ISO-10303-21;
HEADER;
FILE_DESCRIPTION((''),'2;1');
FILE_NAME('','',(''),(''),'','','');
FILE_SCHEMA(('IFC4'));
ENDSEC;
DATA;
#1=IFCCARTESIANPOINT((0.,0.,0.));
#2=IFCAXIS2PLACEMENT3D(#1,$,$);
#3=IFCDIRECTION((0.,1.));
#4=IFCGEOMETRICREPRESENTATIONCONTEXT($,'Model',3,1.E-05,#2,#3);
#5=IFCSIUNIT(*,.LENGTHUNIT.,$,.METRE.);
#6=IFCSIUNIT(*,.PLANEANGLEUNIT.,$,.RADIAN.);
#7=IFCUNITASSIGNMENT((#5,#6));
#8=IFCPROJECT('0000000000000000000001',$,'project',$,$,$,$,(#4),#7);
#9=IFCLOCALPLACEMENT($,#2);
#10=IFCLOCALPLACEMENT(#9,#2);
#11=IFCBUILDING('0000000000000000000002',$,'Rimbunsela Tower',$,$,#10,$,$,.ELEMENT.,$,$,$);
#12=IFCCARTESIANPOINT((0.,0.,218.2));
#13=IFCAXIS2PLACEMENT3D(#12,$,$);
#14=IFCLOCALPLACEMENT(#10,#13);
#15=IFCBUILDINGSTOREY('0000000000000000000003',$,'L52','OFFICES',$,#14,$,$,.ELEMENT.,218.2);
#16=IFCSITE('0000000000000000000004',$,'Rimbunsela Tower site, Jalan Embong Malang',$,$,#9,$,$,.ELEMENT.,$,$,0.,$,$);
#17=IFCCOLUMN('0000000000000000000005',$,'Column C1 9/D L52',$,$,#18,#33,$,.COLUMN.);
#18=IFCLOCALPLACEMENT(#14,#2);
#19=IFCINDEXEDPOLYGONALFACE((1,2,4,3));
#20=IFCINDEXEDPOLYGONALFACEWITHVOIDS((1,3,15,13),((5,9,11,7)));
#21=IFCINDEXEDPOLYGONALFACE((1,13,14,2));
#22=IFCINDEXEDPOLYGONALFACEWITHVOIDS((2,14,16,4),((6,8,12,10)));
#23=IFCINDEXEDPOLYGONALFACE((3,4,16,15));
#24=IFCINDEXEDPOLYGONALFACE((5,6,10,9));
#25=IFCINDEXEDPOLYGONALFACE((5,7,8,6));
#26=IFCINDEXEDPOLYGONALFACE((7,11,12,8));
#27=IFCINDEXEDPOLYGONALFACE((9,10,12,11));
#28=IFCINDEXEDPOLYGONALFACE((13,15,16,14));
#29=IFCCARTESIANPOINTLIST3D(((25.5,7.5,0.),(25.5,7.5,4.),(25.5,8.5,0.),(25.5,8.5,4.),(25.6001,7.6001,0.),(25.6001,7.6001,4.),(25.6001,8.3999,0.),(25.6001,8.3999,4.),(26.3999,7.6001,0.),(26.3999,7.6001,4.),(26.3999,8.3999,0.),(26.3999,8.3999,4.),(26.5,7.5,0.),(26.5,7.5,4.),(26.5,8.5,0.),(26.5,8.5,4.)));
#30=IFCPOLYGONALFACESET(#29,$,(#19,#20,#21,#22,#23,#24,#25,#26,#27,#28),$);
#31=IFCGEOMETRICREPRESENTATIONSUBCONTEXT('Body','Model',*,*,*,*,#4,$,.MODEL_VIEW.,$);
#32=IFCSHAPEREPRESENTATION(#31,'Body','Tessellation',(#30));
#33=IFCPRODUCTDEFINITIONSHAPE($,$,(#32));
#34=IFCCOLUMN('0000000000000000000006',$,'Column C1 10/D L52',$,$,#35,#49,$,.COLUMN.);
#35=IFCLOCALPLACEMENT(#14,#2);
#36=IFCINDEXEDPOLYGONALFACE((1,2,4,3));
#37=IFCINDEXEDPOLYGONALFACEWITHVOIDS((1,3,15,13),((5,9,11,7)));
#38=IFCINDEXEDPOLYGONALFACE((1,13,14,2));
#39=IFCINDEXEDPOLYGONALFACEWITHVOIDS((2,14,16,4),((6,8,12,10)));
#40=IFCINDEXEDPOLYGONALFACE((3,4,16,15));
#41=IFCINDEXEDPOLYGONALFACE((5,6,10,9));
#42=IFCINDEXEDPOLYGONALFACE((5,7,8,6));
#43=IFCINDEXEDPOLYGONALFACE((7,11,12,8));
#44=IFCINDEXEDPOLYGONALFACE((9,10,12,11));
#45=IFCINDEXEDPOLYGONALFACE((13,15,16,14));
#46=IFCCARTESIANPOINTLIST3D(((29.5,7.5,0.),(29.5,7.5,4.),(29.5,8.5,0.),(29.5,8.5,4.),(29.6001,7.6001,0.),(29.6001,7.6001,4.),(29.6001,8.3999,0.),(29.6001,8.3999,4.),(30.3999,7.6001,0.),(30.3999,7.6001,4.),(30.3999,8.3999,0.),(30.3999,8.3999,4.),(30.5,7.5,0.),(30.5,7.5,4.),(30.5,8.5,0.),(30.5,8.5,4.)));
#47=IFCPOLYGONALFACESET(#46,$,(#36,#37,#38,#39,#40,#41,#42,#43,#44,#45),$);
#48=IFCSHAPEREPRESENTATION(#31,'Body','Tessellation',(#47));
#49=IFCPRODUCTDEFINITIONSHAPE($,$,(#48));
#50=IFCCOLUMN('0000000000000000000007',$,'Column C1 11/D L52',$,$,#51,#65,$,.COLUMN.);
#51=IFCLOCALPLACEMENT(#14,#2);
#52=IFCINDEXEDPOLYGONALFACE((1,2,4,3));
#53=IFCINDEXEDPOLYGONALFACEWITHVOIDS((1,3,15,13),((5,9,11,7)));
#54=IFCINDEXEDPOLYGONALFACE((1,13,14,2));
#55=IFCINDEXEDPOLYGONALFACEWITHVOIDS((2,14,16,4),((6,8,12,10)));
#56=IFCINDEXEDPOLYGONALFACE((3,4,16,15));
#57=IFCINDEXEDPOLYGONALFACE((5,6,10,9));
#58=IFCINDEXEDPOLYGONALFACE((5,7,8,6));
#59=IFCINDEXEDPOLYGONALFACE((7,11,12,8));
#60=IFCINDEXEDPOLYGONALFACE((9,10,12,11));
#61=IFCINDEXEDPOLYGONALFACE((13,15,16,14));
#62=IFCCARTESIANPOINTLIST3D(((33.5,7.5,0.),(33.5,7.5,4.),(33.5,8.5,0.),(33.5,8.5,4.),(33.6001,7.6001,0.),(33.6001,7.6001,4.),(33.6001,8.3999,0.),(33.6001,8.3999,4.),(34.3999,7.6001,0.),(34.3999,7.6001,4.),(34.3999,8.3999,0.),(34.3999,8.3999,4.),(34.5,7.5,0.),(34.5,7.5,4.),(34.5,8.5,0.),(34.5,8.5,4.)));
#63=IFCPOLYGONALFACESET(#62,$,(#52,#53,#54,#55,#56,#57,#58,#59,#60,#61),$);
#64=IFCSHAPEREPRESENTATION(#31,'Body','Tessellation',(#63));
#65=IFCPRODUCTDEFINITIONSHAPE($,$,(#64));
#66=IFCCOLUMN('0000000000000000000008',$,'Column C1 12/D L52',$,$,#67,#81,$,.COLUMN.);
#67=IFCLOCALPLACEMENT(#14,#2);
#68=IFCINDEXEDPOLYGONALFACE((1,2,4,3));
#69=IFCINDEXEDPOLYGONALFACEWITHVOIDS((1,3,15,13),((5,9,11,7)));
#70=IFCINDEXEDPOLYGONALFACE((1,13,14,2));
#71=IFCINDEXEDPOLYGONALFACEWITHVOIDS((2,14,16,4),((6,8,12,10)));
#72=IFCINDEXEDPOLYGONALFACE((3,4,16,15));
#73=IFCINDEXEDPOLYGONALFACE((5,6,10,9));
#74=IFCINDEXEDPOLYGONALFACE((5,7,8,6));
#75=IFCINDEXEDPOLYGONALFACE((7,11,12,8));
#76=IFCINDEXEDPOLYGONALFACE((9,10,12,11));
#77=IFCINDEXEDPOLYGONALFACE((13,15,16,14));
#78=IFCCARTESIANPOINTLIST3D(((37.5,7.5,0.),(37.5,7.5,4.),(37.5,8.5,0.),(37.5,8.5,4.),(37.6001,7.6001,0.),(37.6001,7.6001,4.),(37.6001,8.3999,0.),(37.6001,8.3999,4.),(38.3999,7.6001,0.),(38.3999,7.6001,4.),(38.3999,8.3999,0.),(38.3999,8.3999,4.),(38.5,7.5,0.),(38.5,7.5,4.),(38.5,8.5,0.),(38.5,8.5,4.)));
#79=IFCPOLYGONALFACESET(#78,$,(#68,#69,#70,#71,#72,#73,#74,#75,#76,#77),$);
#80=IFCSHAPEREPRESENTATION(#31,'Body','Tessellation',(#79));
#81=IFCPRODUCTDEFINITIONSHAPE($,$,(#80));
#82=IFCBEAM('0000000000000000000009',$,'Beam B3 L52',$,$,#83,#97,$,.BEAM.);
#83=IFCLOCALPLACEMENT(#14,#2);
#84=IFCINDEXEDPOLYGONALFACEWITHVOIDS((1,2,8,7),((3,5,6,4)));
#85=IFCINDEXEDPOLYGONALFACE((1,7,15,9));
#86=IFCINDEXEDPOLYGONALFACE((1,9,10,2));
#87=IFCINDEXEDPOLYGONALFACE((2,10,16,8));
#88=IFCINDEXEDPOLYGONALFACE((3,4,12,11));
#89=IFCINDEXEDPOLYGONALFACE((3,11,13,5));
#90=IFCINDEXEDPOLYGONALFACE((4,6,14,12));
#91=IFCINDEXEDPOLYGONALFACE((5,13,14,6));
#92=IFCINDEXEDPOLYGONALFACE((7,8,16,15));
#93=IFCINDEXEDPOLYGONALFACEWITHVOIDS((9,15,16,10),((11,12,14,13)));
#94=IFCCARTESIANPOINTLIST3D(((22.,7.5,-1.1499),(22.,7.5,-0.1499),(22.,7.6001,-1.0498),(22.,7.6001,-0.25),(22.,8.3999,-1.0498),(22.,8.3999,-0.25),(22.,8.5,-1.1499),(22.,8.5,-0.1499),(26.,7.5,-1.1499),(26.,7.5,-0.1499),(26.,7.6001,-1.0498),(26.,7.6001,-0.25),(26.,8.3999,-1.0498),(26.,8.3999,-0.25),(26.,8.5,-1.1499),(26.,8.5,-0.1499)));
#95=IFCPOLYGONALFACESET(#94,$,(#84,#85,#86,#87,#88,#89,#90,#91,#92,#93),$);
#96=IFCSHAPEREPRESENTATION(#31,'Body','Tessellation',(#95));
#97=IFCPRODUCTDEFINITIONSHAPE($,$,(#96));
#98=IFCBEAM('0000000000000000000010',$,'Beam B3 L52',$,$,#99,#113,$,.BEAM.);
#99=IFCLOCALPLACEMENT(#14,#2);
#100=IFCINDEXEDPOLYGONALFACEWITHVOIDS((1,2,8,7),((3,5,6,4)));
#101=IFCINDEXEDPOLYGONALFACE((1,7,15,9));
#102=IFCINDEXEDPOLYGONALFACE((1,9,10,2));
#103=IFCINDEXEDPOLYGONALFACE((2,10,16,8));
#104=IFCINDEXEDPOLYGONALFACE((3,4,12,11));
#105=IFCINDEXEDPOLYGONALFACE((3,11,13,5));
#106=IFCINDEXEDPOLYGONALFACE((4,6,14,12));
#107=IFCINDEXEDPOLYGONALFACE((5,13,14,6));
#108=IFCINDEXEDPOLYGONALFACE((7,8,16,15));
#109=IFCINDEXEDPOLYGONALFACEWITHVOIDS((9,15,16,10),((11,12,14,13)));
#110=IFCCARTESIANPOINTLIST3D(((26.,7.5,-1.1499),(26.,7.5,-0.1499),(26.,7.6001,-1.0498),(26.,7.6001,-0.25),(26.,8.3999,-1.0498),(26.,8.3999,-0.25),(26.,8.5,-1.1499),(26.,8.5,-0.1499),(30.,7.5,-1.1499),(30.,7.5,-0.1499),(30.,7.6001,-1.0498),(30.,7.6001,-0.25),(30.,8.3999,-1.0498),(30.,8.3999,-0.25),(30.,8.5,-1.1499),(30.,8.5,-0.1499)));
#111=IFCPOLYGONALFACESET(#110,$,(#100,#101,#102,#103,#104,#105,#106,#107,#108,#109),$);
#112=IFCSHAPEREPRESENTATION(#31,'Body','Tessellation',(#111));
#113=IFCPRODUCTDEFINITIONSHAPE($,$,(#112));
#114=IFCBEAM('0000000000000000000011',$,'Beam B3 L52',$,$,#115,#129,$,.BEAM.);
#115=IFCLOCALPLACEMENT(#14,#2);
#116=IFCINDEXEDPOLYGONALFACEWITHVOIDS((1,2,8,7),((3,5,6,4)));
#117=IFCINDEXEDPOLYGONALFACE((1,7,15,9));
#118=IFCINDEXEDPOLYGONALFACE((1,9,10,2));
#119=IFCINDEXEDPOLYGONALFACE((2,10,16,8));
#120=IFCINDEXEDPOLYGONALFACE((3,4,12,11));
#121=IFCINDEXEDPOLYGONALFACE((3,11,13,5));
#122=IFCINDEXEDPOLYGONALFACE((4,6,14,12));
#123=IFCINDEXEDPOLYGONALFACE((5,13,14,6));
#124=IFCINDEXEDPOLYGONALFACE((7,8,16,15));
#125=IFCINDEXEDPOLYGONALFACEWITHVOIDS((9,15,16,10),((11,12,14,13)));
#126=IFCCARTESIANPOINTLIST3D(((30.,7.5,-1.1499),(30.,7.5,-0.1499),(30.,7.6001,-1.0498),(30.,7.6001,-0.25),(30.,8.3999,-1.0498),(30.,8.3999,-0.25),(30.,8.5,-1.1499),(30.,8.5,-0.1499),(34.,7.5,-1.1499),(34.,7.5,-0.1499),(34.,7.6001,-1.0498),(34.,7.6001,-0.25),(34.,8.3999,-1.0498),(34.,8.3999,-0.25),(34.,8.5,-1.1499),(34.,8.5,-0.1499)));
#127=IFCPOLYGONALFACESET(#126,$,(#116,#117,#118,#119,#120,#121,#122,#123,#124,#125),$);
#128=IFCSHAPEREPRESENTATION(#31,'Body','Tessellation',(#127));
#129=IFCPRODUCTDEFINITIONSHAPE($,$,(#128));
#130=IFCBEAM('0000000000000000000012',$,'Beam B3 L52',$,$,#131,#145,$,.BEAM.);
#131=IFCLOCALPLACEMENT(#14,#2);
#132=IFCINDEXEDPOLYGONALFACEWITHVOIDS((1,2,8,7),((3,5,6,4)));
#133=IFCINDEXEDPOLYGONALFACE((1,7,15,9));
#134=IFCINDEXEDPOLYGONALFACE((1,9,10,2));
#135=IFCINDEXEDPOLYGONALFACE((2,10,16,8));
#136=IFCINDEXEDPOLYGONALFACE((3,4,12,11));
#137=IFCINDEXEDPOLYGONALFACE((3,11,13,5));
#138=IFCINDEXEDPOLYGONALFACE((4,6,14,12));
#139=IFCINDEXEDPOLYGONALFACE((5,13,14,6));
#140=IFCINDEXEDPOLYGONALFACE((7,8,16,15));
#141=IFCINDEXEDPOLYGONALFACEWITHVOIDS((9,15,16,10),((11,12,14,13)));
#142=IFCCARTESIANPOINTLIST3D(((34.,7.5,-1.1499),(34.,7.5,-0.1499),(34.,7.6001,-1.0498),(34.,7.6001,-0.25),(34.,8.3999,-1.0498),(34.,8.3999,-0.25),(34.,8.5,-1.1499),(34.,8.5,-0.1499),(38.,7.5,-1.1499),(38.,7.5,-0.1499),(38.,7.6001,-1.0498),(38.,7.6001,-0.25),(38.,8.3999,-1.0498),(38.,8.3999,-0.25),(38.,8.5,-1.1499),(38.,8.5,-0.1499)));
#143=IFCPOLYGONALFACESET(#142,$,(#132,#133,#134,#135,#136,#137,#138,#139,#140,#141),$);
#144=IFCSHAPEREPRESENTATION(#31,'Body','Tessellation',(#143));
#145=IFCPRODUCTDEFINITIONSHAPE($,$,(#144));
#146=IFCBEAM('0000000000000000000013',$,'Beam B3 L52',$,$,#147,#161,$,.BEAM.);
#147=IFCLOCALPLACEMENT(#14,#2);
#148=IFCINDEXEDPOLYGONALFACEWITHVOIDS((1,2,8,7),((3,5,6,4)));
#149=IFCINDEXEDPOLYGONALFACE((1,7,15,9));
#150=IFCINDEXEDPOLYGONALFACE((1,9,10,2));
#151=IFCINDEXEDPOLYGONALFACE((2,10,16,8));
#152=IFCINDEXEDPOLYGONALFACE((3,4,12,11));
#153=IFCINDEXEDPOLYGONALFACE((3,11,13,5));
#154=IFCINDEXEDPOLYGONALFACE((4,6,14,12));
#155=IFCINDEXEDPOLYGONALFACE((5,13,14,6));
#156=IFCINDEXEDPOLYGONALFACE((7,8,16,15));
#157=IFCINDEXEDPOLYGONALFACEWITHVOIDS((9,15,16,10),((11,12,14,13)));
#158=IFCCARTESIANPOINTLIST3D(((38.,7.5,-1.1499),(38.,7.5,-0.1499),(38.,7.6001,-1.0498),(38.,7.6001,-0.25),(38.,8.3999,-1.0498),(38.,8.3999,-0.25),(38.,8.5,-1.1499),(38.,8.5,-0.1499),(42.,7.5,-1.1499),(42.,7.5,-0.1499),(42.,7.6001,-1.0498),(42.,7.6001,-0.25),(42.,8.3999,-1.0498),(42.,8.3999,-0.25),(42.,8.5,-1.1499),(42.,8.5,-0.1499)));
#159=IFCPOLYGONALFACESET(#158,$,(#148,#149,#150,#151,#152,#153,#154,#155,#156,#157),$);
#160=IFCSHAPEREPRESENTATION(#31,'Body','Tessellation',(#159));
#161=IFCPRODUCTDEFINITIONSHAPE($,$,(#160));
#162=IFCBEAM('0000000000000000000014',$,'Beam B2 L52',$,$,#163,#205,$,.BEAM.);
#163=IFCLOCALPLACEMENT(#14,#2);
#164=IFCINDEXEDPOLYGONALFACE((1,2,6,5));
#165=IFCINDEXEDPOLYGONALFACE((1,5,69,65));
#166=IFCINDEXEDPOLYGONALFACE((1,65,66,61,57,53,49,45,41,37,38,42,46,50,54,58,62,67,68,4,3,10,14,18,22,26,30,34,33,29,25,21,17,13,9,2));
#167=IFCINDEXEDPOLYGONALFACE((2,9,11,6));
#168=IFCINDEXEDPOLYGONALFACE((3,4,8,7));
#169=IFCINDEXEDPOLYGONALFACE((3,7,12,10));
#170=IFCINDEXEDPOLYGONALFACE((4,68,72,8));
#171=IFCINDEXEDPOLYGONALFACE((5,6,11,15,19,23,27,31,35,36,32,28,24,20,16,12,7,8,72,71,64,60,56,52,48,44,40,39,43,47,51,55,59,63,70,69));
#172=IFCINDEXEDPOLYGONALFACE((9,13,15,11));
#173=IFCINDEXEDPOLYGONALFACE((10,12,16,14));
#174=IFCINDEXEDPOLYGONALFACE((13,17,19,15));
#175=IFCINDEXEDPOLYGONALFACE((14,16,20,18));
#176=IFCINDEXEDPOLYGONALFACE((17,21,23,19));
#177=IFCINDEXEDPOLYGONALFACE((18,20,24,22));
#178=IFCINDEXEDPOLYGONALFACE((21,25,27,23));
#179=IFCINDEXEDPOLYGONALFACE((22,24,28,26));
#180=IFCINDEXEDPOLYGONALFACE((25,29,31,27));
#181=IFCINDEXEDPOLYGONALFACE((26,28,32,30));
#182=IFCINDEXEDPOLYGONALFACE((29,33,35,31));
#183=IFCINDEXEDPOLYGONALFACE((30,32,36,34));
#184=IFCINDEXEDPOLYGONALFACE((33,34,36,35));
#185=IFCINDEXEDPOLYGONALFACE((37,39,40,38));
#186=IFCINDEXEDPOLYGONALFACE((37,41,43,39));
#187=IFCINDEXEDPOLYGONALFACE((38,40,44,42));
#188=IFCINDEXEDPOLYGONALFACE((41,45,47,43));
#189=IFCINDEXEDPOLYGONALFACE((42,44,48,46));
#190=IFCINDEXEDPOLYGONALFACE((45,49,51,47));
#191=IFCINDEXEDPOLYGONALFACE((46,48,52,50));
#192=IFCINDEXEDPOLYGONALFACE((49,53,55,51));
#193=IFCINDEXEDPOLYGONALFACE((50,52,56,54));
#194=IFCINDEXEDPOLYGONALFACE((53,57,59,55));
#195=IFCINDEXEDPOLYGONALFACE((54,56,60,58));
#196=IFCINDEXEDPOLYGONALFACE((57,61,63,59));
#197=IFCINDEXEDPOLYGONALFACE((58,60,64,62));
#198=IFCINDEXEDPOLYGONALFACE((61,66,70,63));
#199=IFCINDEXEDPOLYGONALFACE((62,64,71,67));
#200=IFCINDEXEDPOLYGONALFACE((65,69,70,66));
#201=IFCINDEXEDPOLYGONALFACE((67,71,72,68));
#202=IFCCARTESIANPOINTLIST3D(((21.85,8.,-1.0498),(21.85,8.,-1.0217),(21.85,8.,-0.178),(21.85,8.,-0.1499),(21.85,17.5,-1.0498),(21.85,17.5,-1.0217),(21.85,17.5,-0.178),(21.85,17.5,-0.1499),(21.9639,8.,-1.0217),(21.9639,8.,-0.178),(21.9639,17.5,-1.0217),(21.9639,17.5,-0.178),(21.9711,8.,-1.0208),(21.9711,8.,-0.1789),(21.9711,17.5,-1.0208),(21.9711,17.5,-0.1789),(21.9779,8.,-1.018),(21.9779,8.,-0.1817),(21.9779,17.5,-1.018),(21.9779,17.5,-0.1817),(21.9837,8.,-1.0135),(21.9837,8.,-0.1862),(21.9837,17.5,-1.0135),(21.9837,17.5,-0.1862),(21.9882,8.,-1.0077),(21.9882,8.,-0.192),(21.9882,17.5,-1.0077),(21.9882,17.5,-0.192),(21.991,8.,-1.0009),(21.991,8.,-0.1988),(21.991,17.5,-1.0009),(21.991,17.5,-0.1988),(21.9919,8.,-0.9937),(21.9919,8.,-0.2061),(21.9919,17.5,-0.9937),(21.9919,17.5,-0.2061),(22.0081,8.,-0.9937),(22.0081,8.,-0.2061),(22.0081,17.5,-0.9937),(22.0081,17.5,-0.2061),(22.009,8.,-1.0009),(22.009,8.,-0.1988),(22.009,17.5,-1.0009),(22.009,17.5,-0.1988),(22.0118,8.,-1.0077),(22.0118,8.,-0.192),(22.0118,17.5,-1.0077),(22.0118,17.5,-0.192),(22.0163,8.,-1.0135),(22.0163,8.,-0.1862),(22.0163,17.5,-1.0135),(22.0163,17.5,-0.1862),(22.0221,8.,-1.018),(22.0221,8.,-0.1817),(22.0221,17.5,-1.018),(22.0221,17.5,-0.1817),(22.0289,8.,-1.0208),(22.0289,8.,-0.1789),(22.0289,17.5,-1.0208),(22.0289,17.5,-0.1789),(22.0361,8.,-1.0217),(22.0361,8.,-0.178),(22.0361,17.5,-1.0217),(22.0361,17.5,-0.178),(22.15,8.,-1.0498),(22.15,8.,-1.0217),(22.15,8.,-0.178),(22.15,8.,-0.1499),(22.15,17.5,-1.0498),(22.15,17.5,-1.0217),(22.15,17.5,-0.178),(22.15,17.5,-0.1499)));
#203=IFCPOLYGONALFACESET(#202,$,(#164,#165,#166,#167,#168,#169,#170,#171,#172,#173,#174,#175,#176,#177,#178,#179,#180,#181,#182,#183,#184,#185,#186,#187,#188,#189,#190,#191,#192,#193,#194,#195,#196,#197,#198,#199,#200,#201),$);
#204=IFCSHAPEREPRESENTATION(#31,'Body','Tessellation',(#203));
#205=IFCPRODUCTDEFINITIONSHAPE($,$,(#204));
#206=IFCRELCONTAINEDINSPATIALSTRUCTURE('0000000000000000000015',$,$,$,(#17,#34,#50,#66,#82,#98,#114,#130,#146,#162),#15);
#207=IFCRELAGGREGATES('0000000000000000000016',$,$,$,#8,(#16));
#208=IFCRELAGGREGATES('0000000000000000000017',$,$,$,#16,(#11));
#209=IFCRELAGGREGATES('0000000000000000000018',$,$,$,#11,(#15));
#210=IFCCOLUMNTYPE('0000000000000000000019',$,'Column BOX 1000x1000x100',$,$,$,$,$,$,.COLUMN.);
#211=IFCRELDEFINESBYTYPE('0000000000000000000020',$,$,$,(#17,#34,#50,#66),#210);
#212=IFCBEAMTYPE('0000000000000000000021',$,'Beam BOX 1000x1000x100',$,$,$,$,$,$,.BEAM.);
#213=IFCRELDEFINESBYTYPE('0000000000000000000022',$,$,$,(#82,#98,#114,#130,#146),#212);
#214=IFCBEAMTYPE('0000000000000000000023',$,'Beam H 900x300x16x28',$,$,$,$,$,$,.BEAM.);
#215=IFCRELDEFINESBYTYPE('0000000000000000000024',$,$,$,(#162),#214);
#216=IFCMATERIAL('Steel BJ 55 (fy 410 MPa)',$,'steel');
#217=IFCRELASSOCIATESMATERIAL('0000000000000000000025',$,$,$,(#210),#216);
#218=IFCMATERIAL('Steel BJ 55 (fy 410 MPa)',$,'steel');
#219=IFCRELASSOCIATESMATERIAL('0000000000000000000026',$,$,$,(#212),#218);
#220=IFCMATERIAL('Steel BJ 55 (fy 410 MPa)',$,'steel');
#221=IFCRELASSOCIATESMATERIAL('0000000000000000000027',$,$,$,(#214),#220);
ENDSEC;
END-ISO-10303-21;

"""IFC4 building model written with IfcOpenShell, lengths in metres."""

from ifc_helpers import new_model, si_unit, direction, frame, origin, origin_2d, place, context, subcontext, project, spatial, hollow_rectangle, i_section, extrude, material, material_profile, profile_set, type_object, element, save


model = new_model("IFC4")

# Units and contexts
model_context = context("Model", 3, precision=1e-05, world=origin(), true_north=direction((0.0, 1.0)))
body_context = subcontext(model_context, "Body", "Model", "MODEL_VIEW")
ifc_project = project(units=[si_unit("LENGTHUNIT", "METRE"), si_unit("PLANEANGLEUNIT", "RADIAN")], contexts=[model_context])

# Site, building, storey
site_placement = place(None, origin())
site = spatial("IfcSite", under=ifc_project, at=site_placement, Name="Rimbunsela Tower site, Jalan Embong Malang", CompositionType="ELEMENT", RefElevation=0.0)
building_placement = place(site_placement, origin())
building = spatial("IfcBuilding", under=site, at=building_placement, Name="Rimbunsela Tower", CompositionType="ELEMENT")
storey_placement = place(building_placement, frame((0.0, 0.0, 218.2)))
storey = spatial("IfcBuildingStorey", under=building, at=storey_placement, Name="L52", Description="OFFICES", CompositionType="ELEMENT", Elevation=218.2)

# Columns
ifc_material_1 = material(Name="Steel BJ 55 (fy 410 MPa)", Category="steel")
ifc_material_profile_1 = material_profile(ifc_material_1, hollow_rectangle(XDim=1.0, YDim=1.0, WallThickness=0.1001, at=origin_2d()), Name="BOX 1000x1000x100")
ifc_profile_set_1 = profile_set([ifc_material_profile_1], Name="Steel BJ 55 (fy 410 MPa)")
column_type = type_object("IfcColumnType", Name="Column BOX 1000x1000x100", PredefinedType="COLUMN", material=ifc_profile_set_1)
for number, where, z_axis, x_axis, name in (
    (1, (26.0, 8.0, 0.0), (0.0, 0.0, 1.0), (1.0, 0.0, 0.0), "Column C1 9/D L52"),
    (2, (30.0, 8.0, 0.0), (0.0, 0.0, 1.0), (1.0, 0.0, 0.0), "Column C1 10/D L52"),
    (3, (34.0, 8.0, 0.0), (0.0, 0.0, 1.0), (1.0, 0.0, 0.0), "Column C1 11/D L52"),
    (4, (38.0, 8.0, 0.0), (0.0, 0.0, 1.0), (1.0, 0.0, 0.0), "Column C1 12/D L52"),
):
    element("IfcColumn", number, at=place(storey_placement, frame(where, z_axis=z_axis, x_axis=x_axis)), inside=storey, type_object=column_type, Name=name, PredefinedType="COLUMN", context=body_context, shape_type="SweptSolid", body=[
        extrude(hollow_rectangle(XDim=1.0, YDim=1.0, WallThickness=0.1001, at=origin_2d()), origin(), (0.0, 0.0, 1.0), 4.0),
    ])

# Beams
ifc_material_2 = material(Name="Steel BJ 55 (fy 410 MPa)", Category="steel")
ifc_material_profile_2 = material_profile(ifc_material_2, hollow_rectangle(XDim=1.0, YDim=1.0, WallThickness=0.1001, at=origin_2d()), Name="BOX 1000x1000x100")
ifc_profile_set_2 = profile_set([ifc_material_profile_2], Name="Steel BJ 55 (fy 410 MPa)")
beam_type_1 = type_object("IfcBeamType", Name="Beam BOX 1000x1000x100", PredefinedType="BEAM", material=ifc_profile_set_2)
for number, where, z_axis, x_axis, name in (
    (5, (22.0, 8.0, -0.6499), (1.0, 0.0, 0.0), (0.0, 1.0, 0.0), "Beam B3 L52"),
    (6, (26.0, 8.0, -0.6499), (1.0, 0.0, 0.0), (0.0, 1.0, 0.0), "Beam B3 L52"),
    (7, (30.0, 8.0, -0.6499), (1.0, 0.0, 0.0), (0.0, 1.0, 0.0), "Beam B3 L52"),
    (8, (34.0, 8.0, -0.6499), (1.0, 0.0, 0.0), (0.0, 1.0, 0.0), "Beam B3 L52"),
    (9, (38.0, 8.0, -0.6499), (1.0, 0.0, 0.0), (0.0, 1.0, 0.0), "Beam B3 L52"),
):
    element("IfcBeam", number, at=place(storey_placement, frame(where, z_axis=z_axis, x_axis=x_axis)), inside=storey, type_object=beam_type_1, Name=name, PredefinedType="BEAM", context=body_context, shape_type="SweptSolid", body=[
        extrude(hollow_rectangle(XDim=1.0, YDim=1.0, WallThickness=0.1001, at=origin_2d()), origin(), (0.0, 0.0, 1.0), 4.0),
    ])
ifc_material_3 = material(Name="Steel BJ 55 (fy 410 MPa)", Category="steel")
ifc_material_profile_3 = material_profile(ifc_material_3, i_section(OverallWidth=0.3, OverallDepth=0.8999, WebThickness=0.0161, FlangeThickness=0.0281, FilletRadius=0.0281, at=origin_2d()), Name="H 900x300x16x28")
ifc_profile_set_3 = profile_set([ifc_material_profile_3], Name="Steel BJ 55 (fy 410 MPa)")
beam_type_2 = type_object("IfcBeamType", Name="Beam H 900x300x16x28", PredefinedType="BEAM", material=ifc_profile_set_3)
for number, where, z_axis, x_axis, name in (
    (10, (22.0, 8.0, -0.5999), (0.0, 1.0, 0.0), (-1.0, 0.0, 0.0), "Beam B2 L52"),
):
    element("IfcBeam", number, at=place(storey_placement, frame(where, z_axis=z_axis, x_axis=x_axis)), inside=storey, type_object=beam_type_2, Name=name, PredefinedType="BEAM", context=body_context, shape_type="SweptSolid", body=[
        extrude(i_section(OverallWidth=0.3, OverallDepth=0.8999, WebThickness=0.0161, FlangeThickness=0.0281, FilletRadius=0.0281, at=origin_2d()), origin(), (0.0, 0.0, 1.0), 9.5),
    ])

save(model, "model.ifc")
